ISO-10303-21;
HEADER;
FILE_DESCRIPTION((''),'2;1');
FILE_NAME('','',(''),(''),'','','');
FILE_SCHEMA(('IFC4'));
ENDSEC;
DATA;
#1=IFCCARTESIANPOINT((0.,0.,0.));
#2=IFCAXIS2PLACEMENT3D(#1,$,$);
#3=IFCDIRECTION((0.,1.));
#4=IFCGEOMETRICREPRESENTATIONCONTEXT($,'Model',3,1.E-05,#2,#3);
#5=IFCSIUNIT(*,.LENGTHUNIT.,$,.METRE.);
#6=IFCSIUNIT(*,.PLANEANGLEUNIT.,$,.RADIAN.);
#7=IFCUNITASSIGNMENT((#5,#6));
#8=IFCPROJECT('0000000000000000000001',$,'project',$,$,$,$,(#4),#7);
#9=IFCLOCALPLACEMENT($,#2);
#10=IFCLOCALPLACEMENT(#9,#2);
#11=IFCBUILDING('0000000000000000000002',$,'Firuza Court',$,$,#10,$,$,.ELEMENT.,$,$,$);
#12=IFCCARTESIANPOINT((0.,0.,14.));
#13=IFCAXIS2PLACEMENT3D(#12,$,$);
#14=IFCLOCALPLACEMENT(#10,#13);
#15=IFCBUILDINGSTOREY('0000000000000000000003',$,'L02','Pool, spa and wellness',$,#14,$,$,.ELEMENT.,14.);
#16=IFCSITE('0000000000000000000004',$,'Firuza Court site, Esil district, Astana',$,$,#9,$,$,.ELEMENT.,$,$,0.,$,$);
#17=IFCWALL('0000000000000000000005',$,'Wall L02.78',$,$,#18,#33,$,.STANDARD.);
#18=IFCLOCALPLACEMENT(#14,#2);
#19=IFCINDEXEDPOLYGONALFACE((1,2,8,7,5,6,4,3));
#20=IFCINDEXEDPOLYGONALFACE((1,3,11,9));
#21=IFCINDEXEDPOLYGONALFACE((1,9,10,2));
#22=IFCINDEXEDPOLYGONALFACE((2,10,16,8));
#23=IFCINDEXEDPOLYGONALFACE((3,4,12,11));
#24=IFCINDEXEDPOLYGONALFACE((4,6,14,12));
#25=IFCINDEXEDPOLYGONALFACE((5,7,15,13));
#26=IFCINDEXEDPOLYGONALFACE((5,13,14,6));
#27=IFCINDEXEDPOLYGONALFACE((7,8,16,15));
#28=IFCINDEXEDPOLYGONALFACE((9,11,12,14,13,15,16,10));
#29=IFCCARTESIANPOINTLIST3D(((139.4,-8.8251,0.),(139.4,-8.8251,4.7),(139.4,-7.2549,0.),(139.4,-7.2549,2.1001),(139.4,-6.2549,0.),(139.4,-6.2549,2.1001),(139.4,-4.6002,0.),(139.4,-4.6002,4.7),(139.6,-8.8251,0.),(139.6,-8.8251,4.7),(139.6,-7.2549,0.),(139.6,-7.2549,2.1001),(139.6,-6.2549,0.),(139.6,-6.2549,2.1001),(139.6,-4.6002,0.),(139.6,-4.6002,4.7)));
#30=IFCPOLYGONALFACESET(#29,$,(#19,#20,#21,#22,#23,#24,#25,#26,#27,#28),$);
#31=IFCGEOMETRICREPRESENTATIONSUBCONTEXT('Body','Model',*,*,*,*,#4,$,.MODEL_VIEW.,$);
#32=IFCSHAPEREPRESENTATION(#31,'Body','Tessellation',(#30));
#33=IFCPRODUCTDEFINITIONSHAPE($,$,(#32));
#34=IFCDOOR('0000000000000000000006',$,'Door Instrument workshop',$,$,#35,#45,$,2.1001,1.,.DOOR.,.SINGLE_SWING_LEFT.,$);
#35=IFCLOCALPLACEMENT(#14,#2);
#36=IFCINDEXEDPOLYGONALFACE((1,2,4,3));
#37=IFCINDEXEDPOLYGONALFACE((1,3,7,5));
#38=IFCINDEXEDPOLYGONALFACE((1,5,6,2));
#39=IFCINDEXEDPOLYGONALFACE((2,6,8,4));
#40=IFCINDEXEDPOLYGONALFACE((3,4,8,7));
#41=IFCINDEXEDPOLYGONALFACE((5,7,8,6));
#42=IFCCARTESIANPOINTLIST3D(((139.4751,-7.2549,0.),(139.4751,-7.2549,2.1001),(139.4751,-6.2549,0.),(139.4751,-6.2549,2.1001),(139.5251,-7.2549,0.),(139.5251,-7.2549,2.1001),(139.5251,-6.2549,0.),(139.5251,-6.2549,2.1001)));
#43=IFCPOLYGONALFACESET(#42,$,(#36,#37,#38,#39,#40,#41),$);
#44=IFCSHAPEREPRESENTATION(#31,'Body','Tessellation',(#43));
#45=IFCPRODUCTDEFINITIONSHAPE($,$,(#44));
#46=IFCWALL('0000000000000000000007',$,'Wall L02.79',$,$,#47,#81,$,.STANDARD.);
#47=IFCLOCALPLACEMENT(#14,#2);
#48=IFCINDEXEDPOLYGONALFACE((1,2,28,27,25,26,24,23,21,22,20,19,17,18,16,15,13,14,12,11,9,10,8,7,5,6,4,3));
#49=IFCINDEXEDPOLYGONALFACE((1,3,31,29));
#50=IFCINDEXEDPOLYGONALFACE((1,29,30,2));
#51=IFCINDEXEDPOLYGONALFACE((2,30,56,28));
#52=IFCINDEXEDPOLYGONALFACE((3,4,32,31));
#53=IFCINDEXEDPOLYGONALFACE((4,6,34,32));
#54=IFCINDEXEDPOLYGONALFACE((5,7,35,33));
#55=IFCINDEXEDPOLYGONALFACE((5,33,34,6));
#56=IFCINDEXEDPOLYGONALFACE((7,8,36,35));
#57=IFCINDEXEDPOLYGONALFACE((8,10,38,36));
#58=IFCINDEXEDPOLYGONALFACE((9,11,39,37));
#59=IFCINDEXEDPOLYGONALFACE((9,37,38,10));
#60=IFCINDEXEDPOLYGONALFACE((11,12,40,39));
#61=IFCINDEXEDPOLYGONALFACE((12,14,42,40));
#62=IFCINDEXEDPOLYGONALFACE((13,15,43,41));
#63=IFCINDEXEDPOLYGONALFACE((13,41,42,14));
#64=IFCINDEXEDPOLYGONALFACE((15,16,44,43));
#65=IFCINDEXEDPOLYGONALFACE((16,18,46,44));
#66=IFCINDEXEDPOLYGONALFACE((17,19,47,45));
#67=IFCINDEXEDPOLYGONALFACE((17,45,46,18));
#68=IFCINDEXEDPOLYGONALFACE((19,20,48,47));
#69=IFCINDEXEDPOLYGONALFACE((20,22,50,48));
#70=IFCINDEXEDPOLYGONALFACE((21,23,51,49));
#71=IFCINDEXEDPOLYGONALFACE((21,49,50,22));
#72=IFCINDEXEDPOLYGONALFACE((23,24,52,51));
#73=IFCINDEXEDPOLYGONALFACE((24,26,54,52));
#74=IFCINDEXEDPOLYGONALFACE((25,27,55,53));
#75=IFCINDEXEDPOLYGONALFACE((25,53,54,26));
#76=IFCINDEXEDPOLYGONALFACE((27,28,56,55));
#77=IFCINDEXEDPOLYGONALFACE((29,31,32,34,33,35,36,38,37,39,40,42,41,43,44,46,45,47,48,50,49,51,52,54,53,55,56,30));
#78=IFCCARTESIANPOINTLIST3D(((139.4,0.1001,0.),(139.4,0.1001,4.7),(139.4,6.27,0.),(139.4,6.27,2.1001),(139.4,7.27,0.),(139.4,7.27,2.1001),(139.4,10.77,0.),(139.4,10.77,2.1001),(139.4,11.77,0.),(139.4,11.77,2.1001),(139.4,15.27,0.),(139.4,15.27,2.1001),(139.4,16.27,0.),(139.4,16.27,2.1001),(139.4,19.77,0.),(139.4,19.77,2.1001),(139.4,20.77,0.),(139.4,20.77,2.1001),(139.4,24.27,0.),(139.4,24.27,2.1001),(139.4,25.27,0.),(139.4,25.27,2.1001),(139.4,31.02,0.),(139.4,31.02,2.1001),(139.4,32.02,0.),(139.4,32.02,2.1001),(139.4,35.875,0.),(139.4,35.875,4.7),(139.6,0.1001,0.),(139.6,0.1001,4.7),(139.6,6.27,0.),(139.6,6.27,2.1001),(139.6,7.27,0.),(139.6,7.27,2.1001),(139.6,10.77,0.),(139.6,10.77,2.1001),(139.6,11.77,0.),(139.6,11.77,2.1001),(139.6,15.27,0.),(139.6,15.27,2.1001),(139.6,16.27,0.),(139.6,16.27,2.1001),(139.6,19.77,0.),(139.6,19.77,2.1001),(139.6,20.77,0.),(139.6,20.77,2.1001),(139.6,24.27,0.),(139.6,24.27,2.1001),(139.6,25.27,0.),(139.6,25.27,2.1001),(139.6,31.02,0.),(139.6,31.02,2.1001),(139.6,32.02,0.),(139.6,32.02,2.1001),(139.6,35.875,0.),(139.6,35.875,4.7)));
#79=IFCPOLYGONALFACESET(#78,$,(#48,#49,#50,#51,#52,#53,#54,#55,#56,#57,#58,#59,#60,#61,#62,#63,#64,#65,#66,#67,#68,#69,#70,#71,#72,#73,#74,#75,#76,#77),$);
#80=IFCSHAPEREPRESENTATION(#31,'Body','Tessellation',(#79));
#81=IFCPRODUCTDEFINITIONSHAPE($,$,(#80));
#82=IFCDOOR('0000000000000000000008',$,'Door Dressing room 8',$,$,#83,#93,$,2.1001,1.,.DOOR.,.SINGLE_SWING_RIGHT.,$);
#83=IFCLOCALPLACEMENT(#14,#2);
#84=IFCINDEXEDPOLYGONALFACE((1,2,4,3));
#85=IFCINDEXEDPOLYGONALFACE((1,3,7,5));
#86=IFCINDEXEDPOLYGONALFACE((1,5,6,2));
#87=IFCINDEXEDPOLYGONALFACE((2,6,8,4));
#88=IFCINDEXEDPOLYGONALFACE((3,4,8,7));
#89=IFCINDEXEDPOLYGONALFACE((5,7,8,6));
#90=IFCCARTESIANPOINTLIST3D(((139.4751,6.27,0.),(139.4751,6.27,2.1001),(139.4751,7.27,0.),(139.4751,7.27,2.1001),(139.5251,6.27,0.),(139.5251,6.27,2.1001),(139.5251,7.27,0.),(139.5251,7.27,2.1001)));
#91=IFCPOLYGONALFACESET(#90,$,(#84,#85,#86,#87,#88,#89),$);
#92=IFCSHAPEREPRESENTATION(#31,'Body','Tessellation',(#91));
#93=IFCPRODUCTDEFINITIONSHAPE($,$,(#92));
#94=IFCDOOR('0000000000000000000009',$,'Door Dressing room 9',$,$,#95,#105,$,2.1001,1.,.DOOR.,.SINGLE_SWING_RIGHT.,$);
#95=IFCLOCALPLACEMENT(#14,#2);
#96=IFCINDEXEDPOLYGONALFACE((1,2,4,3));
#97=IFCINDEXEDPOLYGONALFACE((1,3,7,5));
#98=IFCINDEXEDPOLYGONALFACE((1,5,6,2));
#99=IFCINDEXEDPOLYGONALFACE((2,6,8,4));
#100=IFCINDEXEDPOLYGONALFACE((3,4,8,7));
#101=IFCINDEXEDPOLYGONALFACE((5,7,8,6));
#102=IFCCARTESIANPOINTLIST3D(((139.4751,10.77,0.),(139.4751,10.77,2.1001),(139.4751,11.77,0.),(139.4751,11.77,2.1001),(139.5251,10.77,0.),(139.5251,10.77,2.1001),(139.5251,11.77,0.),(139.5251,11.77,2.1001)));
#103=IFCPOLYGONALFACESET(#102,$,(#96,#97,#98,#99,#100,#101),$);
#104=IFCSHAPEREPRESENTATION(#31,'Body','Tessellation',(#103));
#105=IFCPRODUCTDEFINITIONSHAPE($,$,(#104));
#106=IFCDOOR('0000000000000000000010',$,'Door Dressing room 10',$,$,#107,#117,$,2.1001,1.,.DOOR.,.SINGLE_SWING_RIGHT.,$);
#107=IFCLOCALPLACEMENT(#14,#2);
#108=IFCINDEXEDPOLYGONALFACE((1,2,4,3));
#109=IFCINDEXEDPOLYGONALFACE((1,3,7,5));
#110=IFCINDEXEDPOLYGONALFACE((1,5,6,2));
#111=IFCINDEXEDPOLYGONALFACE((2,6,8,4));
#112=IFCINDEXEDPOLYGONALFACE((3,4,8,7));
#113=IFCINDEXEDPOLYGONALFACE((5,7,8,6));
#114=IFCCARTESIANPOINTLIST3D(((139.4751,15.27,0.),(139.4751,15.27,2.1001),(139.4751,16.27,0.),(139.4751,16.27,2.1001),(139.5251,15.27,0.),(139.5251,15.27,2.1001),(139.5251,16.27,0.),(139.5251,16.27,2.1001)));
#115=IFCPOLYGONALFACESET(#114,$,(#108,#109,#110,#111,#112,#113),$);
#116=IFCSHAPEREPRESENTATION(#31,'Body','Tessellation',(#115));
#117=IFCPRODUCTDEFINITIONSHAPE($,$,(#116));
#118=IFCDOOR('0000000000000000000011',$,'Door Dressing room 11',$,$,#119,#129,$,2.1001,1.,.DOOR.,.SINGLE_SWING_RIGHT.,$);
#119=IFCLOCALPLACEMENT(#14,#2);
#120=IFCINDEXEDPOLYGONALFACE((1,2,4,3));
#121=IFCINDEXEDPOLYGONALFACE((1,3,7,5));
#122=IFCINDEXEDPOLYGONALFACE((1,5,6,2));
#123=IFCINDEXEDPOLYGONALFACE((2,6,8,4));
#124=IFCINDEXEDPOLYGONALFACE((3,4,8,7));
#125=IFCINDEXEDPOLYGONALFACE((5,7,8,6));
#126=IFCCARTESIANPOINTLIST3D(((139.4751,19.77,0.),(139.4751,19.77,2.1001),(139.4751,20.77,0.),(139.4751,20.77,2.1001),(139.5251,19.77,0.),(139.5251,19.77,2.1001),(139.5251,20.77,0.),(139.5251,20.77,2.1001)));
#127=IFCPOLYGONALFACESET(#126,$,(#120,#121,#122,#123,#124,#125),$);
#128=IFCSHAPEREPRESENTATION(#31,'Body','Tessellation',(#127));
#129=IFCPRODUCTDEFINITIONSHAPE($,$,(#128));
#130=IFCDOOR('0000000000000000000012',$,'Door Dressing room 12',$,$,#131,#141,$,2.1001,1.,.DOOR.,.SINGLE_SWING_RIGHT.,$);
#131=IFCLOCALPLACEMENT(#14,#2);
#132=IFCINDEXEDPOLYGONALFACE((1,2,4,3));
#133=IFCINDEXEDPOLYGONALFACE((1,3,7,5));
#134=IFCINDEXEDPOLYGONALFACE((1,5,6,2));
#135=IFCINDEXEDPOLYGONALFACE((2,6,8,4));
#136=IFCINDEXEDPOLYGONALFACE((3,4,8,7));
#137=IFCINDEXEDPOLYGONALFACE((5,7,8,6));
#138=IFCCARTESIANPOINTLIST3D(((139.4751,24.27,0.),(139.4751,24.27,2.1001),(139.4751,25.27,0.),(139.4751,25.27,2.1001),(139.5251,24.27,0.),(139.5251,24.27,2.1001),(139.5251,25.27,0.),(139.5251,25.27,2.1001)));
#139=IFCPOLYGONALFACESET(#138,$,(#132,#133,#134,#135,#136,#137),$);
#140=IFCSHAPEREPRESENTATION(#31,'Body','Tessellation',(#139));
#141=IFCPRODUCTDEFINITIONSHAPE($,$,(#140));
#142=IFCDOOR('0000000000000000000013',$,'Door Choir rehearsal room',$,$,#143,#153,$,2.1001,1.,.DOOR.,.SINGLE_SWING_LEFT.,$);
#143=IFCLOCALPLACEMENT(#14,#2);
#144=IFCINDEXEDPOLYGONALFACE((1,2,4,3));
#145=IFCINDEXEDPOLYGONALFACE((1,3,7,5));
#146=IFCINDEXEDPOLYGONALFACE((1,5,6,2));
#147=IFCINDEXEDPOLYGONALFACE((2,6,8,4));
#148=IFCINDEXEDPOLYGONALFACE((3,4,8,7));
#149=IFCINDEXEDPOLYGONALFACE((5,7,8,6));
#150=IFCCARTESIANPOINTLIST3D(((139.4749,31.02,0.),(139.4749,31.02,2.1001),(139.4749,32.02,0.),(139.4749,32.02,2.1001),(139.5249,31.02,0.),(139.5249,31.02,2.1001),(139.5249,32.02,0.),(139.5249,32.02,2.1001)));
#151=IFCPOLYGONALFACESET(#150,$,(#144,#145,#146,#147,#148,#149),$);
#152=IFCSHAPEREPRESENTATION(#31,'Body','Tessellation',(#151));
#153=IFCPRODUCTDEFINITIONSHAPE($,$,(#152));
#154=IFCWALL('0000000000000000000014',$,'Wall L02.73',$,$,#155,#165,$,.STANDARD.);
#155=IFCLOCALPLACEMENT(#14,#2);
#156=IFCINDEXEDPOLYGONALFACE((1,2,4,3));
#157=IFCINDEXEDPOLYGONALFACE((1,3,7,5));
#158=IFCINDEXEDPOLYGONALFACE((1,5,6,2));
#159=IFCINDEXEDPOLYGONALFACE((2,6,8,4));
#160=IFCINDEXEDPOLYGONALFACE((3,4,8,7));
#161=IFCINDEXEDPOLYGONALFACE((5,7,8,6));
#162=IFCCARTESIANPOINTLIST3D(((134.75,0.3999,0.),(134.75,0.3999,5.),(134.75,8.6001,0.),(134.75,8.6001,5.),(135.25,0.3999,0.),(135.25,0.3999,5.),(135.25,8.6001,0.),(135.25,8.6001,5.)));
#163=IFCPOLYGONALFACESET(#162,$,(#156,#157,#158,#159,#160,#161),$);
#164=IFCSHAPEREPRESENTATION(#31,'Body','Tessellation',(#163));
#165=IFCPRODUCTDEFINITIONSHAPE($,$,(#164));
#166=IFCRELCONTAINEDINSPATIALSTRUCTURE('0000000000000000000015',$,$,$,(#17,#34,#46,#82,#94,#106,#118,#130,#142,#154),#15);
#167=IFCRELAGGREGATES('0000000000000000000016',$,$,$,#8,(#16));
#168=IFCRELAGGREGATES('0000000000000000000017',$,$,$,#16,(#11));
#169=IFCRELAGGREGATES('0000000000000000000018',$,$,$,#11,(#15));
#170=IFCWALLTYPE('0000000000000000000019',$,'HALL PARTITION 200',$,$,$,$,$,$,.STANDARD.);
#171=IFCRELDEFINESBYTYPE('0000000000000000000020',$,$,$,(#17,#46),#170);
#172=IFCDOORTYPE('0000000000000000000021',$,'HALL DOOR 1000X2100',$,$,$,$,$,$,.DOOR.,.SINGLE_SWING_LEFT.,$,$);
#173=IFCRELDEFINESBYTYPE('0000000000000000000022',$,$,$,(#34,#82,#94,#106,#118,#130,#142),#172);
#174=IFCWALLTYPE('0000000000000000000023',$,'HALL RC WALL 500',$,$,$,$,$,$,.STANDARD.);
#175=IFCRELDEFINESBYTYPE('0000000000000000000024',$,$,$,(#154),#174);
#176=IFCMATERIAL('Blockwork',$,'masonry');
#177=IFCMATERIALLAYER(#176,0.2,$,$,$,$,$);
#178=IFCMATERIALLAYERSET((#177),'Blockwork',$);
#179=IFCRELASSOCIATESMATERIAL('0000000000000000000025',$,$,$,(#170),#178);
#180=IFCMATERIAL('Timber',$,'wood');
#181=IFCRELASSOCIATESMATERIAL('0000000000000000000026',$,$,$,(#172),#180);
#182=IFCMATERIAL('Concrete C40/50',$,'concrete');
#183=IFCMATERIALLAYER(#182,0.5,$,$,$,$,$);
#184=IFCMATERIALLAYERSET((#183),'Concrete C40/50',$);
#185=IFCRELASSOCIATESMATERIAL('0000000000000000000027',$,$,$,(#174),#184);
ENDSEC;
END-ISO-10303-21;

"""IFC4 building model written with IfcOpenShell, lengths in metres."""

from ifc_helpers import new_model, si_unit, direction, frame, frame_2d, origin, place, context, subcontext, project, spatial, rectangle, extrude, material, layer, layer_set, type_object, element, fill, save


model = new_model("IFC4")

# Units and contexts
model_context = context("Model", 3, precision=1e-05, world=origin(), true_north=direction((0.0, 1.0)))
body_context = subcontext(model_context, "Body", "Model", "MODEL_VIEW")
ifc_project = project(units=[si_unit("LENGTHUNIT", "METRE"), si_unit("PLANEANGLEUNIT", "RADIAN")], contexts=[model_context])

# Site, building, storey
site_placement = place(None, origin())
site = spatial("IfcSite", under=ifc_project, at=site_placement, Name="Firuza Court site, Esil district, Astana", CompositionType="ELEMENT", RefElevation=0.0)
building_placement = place(site_placement, origin())
building = spatial("IfcBuilding", under=site, at=building_placement, Name="Firuza Court", CompositionType="ELEMENT")
storey_placement = place(building_placement, frame((0.0, 0.0, 14.0)))
storey = spatial("IfcBuildingStorey", under=building, at=storey_placement, Name="L02", Description="Pool, spa and wellness", CompositionType="ELEMENT", Elevation=14.0)

# Shared definitions
ifc_material_1 = material(Name="Blockwork", Category="masonry")
ifc_layer_1 = layer(ifc_material_1, 0.2)
ifc_layer_set_1 = layer_set([ifc_layer_1], Name="Blockwork")
wall_type_1 = type_object("IfcWallType", Name="HALL PARTITION 200", PredefinedType="STANDARD", material=ifc_layer_set_1)
ifc_material_2 = material(Name="Timber", Category="wood")
door_type_1 = type_object("IfcDoorType", Name="HALL DOOR 1000X2100", OperationType="SINGLE_SWING_LEFT", PredefinedType="DOOR", material=ifc_material_2)

# Wall, opening, door
wall_1_placement = place(storey_placement, frame((139.5, -8.825, 0.0), z_axis=(0.0, 0.0, 1.0), x_axis=(0.0, 1.0, 0.0)))
wall_1 = element("IfcWall", 1, at=wall_1_placement, inside=storey, type_object=wall_type_1, Name="Wall L02.78", PredefinedType="STANDARD", context=body_context, shape_type="SweptSolid", body=[
    extrude(rectangle(XDim=4.2249, YDim=0.2, at=frame_2d((2.1123, 0.0))), origin(), (0.0, 0.0, 1.0), 4.7),
])
opening_1_placement = place(wall_1_placement, frame((1.5701, 0.0, 0.0)))
opening_1 = element("IfcOpeningElement", 2, at=opening_1_placement, cuts=wall_1, PredefinedType="OPENING", context=body_context, shape_type="SweptSolid", body=[
    extrude(rectangle(XDim=1.0, YDim=2.1001, at=frame_2d((0.5, 1.05))), frame((0.0, 0.1118, 0.0), z_axis=(0.0, -1.0, 0.0), x_axis=(1.0, 0.0, 0.0)), (0.0, 0.0, 1.0), 0.2239),
])
door_1_placement = place(opening_1_placement, origin())
door_1 = element("IfcDoor", 3, at=door_1_placement, inside=storey, type_object=door_type_1, Name="Door Instrument workshop", OperationType="SINGLE_SWING_LEFT", OverallHeight=2.1001, OverallWidth=1.0, PredefinedType="DOOR", context=body_context, shape_type="SweptSolid", body=[
    extrude(rectangle(XDim=1.0, YDim=2.1001, at=frame_2d((0.5, 1.05))), frame((0.0, 0.0249, 0.0), z_axis=(0.0, -1.0, 0.0), x_axis=(1.0, 0.0, 0.0)), (0.0, 0.0, 1.0), 0.05),
])
fill(opening_1, door_1)

# Wall, openings, doors
wall_2_placement = place(storey_placement, frame((139.5, 0.1001, 0.0), z_axis=(0.0, 0.0, 1.0), x_axis=(0.0, 1.0, 0.0)))
wall_2 = element("IfcWall", 4, at=wall_2_placement, inside=storey, type_object=wall_type_1, Name="Wall L02.79", PredefinedType="STANDARD", context=body_context, shape_type="SweptSolid", body=[
    extrude(rectangle(XDim=35.7749, YDim=0.2, at=frame_2d((17.8875, 0.0))), origin(), (0.0, 0.0, 1.0), 4.7),
])
opening_2_placement = place(wall_2_placement, frame((6.1699, 0.0, 0.0)))
opening_2 = element("IfcOpeningElement", 5, at=opening_2_placement, cuts=wall_2, PredefinedType="OPENING", context=body_context, shape_type="SweptSolid", body=[
    extrude(rectangle(XDim=1.0, YDim=2.1001, at=frame_2d((0.5, 1.05))), frame((0.0, 0.1118, 0.0), z_axis=(0.0, -1.0, 0.0), x_axis=(1.0, 0.0, 0.0)), (0.0, 0.0, 1.0), 0.2239),
])
opening_3_placement = place(wall_2_placement, frame((10.6699, 0.0, 0.0)))
opening_3 = element("IfcOpeningElement", 6, at=opening_3_placement, cuts=wall_2, PredefinedType="OPENING", context=body_context, shape_type="SweptSolid", body=[
    extrude(rectangle(XDim=1.0, YDim=2.1001, at=frame_2d((0.5, 1.05))), frame((0.0, 0.1118, 0.0), z_axis=(0.0, -1.0, 0.0), x_axis=(1.0, 0.0, 0.0)), (0.0, 0.0, 1.0), 0.2239),
])
opening_4_placement = place(wall_2_placement, frame((15.1699, 0.0, 0.0)))
opening_4 = element("IfcOpeningElement", 7, at=opening_4_placement, cuts=wall_2, PredefinedType="OPENING", context=body_context, shape_type="SweptSolid", body=[
    extrude(rectangle(XDim=1.0, YDim=2.1001, at=frame_2d((0.5, 1.05))), frame((0.0, 0.1118, 0.0), z_axis=(0.0, -1.0, 0.0), x_axis=(1.0, 0.0, 0.0)), (0.0, 0.0, 1.0), 0.2239),
])
opening_5_placement = place(wall_2_placement, frame((19.6699, 0.0, 0.0)))
opening_5 = element("IfcOpeningElement", 8, at=opening_5_placement, cuts=wall_2, PredefinedType="OPENING", context=body_context, shape_type="SweptSolid", body=[
    extrude(rectangle(XDim=1.0, YDim=2.1001, at=frame_2d((0.5, 1.05))), frame((0.0, 0.1118, 0.0), z_axis=(0.0, -1.0, 0.0), x_axis=(1.0, 0.0, 0.0)), (0.0, 0.0, 1.0), 0.2239),
])
opening_6_placement = place(wall_2_placement, frame((24.1699, 0.0, 0.0)))
opening_6 = element("IfcOpeningElement", 9, at=opening_6_placement, cuts=wall_2, PredefinedType="OPENING", context=body_context, shape_type="SweptSolid", body=[
    extrude(rectangle(XDim=1.0, YDim=2.1001, at=frame_2d((0.5, 1.05))), frame((0.0, 0.1118, 0.0), z_axis=(0.0, -1.0, 0.0), x_axis=(1.0, 0.0, 0.0)), (0.0, 0.0, 1.0), 0.2239),
])
opening_7_placement = place(wall_2_placement, frame((30.9199, 0.0, 0.0)))
opening_7 = element("IfcOpeningElement", 10, at=opening_7_placement, cuts=wall_2, PredefinedType="OPENING", context=body_context, shape_type="SweptSolid", body=[
    extrude(rectangle(XDim=1.0, YDim=2.1001, at=frame_2d((0.5, 1.05))), frame((0.0, 0.1118, 0.0), z_axis=(0.0, -1.0, 0.0), x_axis=(1.0, 0.0, 0.0)), (0.0, 0.0, 1.0), 0.2239),
])
door_2_placement = place(opening_2_placement, origin())
door_2 = element("IfcDoor", 11, at=door_2_placement, inside=storey, type_object=door_type_1, Name="Door Dressing room 8", OperationType="SINGLE_SWING_RIGHT", OverallHeight=2.1001, OverallWidth=1.0, PredefinedType="DOOR", context=body_context, shape_type="SweptSolid", body=[
    extrude(rectangle(XDim=1.0, YDim=2.1001, at=frame_2d((0.5, 1.05))), frame((0.0, 0.0249, 0.0), z_axis=(0.0, -1.0, 0.0), x_axis=(1.0, 0.0, 0.0)), (0.0, 0.0, 1.0), 0.05),
])
fill(opening_2, door_2)
door_3_placement = place(opening_3_placement, origin())
door_3 = element("IfcDoor", 12, at=door_3_placement, inside=storey, type_object=door_type_1, Name="Door Dressing room 9", OperationType="SINGLE_SWING_RIGHT", OverallHeight=2.1001, OverallWidth=1.0, PredefinedType="DOOR", context=body_context, shape_type="SweptSolid", body=[
    extrude(rectangle(XDim=1.0, YDim=2.1001, at=frame_2d((0.5, 1.05))), frame((0.0, 0.0249, 0.0), z_axis=(0.0, -1.0, 0.0), x_axis=(1.0, 0.0, 0.0)), (0.0, 0.0, 1.0), 0.05),
])
fill(opening_3, door_3)
door_4_placement = place(opening_4_placement, origin())
door_4 = element("IfcDoor", 13, at=door_4_placement, inside=storey, type_object=door_type_1, Name="Door Dressing room 10", OperationType="SINGLE_SWING_RIGHT", OverallHeight=2.1001, OverallWidth=1.0, PredefinedType="DOOR", context=body_context, shape_type="SweptSolid", body=[
    extrude(rectangle(XDim=1.0, YDim=2.1001, at=frame_2d((0.5, 1.05))), frame((0.0, 0.0249, 0.0), z_axis=(0.0, -1.0, 0.0), x_axis=(1.0, 0.0, 0.0)), (0.0, 0.0, 1.0), 0.05),
])
fill(opening_4, door_4)
door_5_placement = place(opening_5_placement, origin())
door_5 = element("IfcDoor", 14, at=door_5_placement, inside=storey, type_object=door_type_1, Name="Door Dressing room 11", OperationType="SINGLE_SWING_RIGHT", OverallHeight=2.1001, OverallWidth=1.0, PredefinedType="DOOR", context=body_context, shape_type="SweptSolid", body=[
    extrude(rectangle(XDim=1.0, YDim=2.1001, at=frame_2d((0.5, 1.05))), frame((0.0, 0.0249, 0.0), z_axis=(0.0, -1.0, 0.0), x_axis=(1.0, 0.0, 0.0)), (0.0, 0.0, 1.0), 0.05),
])
fill(opening_5, door_5)
door_6_placement = place(opening_6_placement, origin())
door_6 = element("IfcDoor", 15, at=door_6_placement, inside=storey, type_object=door_type_1, Name="Door Dressing room 12", OperationType="SINGLE_SWING_RIGHT", OverallHeight=2.1001, OverallWidth=1.0, PredefinedType="DOOR", context=body_context, shape_type="SweptSolid", body=[
    extrude(rectangle(XDim=1.0, YDim=2.1001, at=frame_2d((0.5, 1.05))), frame((0.0, 0.0249, 0.0), z_axis=(0.0, -1.0, 0.0), x_axis=(1.0, 0.0, 0.0)), (0.0, 0.0, 1.0), 0.05),
])
fill(opening_6, door_6)
door_7_placement = place(opening_7_placement, frame((1.0, 0.0, 0.0), z_axis=(0.0, 0.0, 1.0), x_axis=(-1.0, 0.0, 0.0)))
door_7 = element("IfcDoor", 16, at=door_7_placement, inside=storey, type_object=door_type_1, Name="Door Choir rehearsal room", OperationType="SINGLE_SWING_LEFT", OverallHeight=2.1001, OverallWidth=1.0, PredefinedType="DOOR", context=body_context, shape_type="SweptSolid", body=[
    extrude(rectangle(XDim=1.0, YDim=2.1001, at=frame_2d((0.5, 1.05))), frame((0.0, 0.0249, 0.0), z_axis=(0.0, -1.0, 0.0), x_axis=(1.0, 0.0, 0.0)), (0.0, 0.0, 1.0), 0.05),
])
fill(opening_7, door_7)

# Wall
ifc_material_3 = material(Name="Concrete C40/50", Category="concrete")
ifc_layer_2 = layer(ifc_material_3, 0.5)
ifc_layer_set_2 = layer_set([ifc_layer_2], Name="Concrete C40/50")
wall_type_2 = type_object("IfcWallType", Name="HALL RC WALL 500", PredefinedType="STANDARD", material=ifc_layer_set_2)
wall_3_placement = place(storey_placement, frame((135.0, 0.3999, 0.0), z_axis=(0.0, 0.0, 1.0), x_axis=(0.0, 1.0, 0.0)))
element("IfcWall", 17, at=wall_3_placement, inside=storey, type_object=wall_type_2, Name="Wall L02.73", PredefinedType="STANDARD", context=body_context, shape_type="SweptSolid", body=[
    extrude(rectangle(XDim=8.2002, YDim=0.5, at=frame_2d((4.1001, 0.0))), origin(), (0.0, 0.0, 1.0), 5.0),
])

save(model, "model.ifc")
